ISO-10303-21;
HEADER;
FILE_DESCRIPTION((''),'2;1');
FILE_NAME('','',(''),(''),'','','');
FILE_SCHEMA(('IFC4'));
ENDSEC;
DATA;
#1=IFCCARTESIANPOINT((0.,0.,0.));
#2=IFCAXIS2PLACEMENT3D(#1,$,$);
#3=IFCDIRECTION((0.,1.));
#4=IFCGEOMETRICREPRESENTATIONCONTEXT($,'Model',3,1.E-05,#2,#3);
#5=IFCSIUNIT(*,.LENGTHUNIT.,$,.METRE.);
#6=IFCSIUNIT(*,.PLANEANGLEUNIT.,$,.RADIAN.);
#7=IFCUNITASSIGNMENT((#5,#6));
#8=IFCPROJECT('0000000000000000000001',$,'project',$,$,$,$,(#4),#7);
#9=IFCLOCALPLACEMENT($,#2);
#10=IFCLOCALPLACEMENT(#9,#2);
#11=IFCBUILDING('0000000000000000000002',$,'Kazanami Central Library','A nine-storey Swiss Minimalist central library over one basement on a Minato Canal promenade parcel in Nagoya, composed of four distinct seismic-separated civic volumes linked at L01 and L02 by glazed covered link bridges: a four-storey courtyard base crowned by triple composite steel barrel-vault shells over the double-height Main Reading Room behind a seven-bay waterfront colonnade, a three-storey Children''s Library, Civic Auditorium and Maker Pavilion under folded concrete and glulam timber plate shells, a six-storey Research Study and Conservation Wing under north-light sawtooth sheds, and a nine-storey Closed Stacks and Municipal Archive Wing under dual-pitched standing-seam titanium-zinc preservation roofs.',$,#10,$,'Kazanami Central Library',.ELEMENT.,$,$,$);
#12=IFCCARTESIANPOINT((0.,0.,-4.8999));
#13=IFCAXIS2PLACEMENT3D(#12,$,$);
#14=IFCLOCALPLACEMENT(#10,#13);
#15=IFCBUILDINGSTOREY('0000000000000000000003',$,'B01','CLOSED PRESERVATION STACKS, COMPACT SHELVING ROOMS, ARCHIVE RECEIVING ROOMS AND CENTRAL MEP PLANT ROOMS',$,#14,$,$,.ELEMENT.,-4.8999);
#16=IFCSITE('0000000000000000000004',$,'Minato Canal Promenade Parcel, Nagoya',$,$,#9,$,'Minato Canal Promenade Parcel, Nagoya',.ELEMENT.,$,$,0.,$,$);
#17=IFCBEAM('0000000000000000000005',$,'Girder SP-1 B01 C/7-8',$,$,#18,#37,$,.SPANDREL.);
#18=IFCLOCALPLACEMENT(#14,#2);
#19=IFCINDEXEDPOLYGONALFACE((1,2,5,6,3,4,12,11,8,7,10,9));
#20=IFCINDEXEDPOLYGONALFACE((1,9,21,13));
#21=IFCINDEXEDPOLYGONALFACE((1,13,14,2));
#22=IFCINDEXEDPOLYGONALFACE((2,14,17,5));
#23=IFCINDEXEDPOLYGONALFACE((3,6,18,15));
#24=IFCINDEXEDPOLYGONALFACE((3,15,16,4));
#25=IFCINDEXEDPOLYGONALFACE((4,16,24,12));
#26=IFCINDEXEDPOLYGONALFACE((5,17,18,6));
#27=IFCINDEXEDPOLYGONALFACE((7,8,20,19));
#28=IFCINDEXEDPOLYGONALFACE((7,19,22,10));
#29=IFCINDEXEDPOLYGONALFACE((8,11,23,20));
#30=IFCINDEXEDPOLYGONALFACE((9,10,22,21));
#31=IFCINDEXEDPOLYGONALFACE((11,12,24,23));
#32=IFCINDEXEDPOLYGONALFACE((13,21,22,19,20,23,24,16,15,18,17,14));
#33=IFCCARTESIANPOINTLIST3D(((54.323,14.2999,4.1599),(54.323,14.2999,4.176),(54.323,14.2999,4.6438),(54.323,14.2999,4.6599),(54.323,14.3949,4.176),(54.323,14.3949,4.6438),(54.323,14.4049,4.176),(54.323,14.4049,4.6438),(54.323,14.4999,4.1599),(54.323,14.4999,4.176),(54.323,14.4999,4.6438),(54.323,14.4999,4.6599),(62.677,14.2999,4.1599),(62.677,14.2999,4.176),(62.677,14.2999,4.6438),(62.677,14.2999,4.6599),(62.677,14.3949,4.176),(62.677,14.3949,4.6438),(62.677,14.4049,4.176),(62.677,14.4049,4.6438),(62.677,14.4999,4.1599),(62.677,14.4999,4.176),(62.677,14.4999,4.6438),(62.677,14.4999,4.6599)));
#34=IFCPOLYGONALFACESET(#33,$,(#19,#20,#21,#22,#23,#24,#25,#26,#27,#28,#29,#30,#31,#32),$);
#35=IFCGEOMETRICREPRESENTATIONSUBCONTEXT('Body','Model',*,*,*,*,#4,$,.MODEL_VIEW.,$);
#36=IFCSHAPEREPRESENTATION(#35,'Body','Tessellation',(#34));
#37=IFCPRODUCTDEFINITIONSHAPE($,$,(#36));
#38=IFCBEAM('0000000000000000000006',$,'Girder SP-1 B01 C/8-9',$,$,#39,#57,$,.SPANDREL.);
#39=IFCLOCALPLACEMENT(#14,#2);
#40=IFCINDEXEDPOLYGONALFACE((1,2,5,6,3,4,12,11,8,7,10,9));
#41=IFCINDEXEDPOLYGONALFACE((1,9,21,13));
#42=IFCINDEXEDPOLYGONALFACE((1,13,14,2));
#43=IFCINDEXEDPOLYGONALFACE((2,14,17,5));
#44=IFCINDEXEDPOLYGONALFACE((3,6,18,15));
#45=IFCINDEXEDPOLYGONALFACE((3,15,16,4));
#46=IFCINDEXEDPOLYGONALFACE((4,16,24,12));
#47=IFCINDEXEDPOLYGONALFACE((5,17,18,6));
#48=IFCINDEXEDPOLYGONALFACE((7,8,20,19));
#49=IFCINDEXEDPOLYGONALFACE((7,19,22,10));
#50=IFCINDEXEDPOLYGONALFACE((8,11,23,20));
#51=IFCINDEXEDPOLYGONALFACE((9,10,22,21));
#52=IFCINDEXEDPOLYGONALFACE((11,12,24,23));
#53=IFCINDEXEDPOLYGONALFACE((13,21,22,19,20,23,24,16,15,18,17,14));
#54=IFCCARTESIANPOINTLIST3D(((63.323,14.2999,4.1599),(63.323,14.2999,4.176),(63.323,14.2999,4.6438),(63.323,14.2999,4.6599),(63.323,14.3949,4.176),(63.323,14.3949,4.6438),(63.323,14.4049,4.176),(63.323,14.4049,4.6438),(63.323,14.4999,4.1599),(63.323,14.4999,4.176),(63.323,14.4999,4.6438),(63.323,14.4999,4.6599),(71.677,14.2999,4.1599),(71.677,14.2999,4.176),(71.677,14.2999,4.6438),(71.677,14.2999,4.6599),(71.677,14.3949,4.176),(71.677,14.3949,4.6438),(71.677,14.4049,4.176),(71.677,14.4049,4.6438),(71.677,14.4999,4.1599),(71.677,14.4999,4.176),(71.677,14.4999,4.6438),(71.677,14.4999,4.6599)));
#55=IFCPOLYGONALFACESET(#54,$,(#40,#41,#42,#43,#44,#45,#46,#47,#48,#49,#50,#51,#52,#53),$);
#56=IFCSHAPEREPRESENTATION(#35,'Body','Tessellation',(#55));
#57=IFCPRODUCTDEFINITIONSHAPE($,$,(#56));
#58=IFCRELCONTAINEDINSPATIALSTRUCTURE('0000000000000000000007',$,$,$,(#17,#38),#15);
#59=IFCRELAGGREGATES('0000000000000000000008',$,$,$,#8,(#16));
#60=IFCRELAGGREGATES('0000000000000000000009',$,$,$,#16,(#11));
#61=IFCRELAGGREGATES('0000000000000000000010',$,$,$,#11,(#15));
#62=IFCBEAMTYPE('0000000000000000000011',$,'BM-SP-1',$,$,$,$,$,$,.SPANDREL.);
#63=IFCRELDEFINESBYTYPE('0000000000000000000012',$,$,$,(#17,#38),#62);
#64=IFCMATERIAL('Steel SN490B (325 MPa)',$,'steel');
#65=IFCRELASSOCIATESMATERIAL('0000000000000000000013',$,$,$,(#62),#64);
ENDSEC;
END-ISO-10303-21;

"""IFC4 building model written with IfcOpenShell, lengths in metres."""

from ifc_helpers import new_model, si_unit, direction, frame, origin, origin_2d, place, context, subcontext, project, spatial, i_section, extrude, material, material_profile, profile_set, type_object, element, save


model = new_model("IFC4")

# Units and contexts
model_context = context("Model", 3, precision=1e-05, world=origin(), true_north=direction((0.0, 1.0)))
body_context = subcontext(model_context, "Body", "Model", "MODEL_VIEW")
ifc_project = project(units=[si_unit("LENGTHUNIT", "METRE"), si_unit("PLANEANGLEUNIT", "RADIAN")], contexts=[model_context])

# Site, building, storey
site_placement = place(None, origin())
site = spatial("IfcSite", under=ifc_project, at=site_placement, Name="Minato Canal Promenade Parcel, Nagoya", LongName="Minato Canal Promenade Parcel, Nagoya", CompositionType="ELEMENT", RefElevation=0.0)
building_placement = place(site_placement, origin())
building = spatial("IfcBuilding", under=site, at=building_placement, Name="Kazanami Central Library", Description="A nine-storey Swiss Minimalist central library over one basement on a Minato Canal promenade parcel in Nagoya, composed of four distinct seismic-separated civic volumes linked at L01 and L02 by glazed covered link bridges: a four-storey courtyard base crowned by triple composite steel barrel-vault shells over the double-height Main Reading Room behind a seven-bay waterfront colonnade, a three-storey Children's Library, Civic Auditorium and Maker Pavilion under folded concrete and glulam timber plate shells, a six-storey Research Study and Conservation Wing under north-light sawtooth sheds, and a nine-storey Closed Stacks and Municipal Archive Wing under dual-pitched standing-seam titanium-zinc preservation roofs.", LongName="Kazanami Central Library", CompositionType="ELEMENT")
storey_placement = place(building_placement, frame((0.0, 0.0, -4.8999)))
storey = spatial("IfcBuildingStorey", under=building, at=storey_placement, Name="B01", Description="CLOSED PRESERVATION STACKS, COMPACT SHELVING ROOMS, ARCHIVE RECEIVING ROOMS AND CENTRAL MEP PLANT ROOMS", CompositionType="ELEMENT", Elevation=-4.8999)

# Beams
ifc_material_1 = material(Name="Steel SN490B (325 MPa)", Category="steel")
ifc_material_profile_1 = material_profile(ifc_material_1, i_section(OverallWidth=0.2, OverallDepth=0.5, WebThickness=0.01, FlangeThickness=0.0161, at=origin_2d()), Name="H-500x200x10x16")
ifc_profile_set_1 = profile_set([ifc_material_profile_1], Name="Steel SN490B (325 MPa)")
beam_type_1 = type_object("IfcBeamType", Name="BM-SP-1", PredefinedType="SPANDREL", material=ifc_profile_set_1)
for number, where, z_axis, x_axis, name in (
    (1, (54.323, 14.3999, 4.4099), (1.0, 0.0, 0.0), (0.0, 1.0, 0.0), "Girder SP-1 B01 C/7-8"),
    (2, (63.323, 14.3999, 4.4099), (1.0, 0.0, 0.0), (0.0, 1.0, 0.0), "Girder SP-1 B01 C/8-9"),
):
    element("IfcBeam", number, at=place(storey_placement, frame(where, z_axis=z_axis, x_axis=x_axis)), inside=storey, type_object=beam_type_1, Name=name, PredefinedType="SPANDREL", context=body_context, shape_type="SweptSolid", body=[
        extrude(i_section(OverallWidth=0.2, OverallDepth=0.5, WebThickness=0.01, FlangeThickness=0.0161, at=origin_2d()), origin(), (0.0, 0.0, 1.0), 8.354),
    ])

save(model, "model.ifc")
